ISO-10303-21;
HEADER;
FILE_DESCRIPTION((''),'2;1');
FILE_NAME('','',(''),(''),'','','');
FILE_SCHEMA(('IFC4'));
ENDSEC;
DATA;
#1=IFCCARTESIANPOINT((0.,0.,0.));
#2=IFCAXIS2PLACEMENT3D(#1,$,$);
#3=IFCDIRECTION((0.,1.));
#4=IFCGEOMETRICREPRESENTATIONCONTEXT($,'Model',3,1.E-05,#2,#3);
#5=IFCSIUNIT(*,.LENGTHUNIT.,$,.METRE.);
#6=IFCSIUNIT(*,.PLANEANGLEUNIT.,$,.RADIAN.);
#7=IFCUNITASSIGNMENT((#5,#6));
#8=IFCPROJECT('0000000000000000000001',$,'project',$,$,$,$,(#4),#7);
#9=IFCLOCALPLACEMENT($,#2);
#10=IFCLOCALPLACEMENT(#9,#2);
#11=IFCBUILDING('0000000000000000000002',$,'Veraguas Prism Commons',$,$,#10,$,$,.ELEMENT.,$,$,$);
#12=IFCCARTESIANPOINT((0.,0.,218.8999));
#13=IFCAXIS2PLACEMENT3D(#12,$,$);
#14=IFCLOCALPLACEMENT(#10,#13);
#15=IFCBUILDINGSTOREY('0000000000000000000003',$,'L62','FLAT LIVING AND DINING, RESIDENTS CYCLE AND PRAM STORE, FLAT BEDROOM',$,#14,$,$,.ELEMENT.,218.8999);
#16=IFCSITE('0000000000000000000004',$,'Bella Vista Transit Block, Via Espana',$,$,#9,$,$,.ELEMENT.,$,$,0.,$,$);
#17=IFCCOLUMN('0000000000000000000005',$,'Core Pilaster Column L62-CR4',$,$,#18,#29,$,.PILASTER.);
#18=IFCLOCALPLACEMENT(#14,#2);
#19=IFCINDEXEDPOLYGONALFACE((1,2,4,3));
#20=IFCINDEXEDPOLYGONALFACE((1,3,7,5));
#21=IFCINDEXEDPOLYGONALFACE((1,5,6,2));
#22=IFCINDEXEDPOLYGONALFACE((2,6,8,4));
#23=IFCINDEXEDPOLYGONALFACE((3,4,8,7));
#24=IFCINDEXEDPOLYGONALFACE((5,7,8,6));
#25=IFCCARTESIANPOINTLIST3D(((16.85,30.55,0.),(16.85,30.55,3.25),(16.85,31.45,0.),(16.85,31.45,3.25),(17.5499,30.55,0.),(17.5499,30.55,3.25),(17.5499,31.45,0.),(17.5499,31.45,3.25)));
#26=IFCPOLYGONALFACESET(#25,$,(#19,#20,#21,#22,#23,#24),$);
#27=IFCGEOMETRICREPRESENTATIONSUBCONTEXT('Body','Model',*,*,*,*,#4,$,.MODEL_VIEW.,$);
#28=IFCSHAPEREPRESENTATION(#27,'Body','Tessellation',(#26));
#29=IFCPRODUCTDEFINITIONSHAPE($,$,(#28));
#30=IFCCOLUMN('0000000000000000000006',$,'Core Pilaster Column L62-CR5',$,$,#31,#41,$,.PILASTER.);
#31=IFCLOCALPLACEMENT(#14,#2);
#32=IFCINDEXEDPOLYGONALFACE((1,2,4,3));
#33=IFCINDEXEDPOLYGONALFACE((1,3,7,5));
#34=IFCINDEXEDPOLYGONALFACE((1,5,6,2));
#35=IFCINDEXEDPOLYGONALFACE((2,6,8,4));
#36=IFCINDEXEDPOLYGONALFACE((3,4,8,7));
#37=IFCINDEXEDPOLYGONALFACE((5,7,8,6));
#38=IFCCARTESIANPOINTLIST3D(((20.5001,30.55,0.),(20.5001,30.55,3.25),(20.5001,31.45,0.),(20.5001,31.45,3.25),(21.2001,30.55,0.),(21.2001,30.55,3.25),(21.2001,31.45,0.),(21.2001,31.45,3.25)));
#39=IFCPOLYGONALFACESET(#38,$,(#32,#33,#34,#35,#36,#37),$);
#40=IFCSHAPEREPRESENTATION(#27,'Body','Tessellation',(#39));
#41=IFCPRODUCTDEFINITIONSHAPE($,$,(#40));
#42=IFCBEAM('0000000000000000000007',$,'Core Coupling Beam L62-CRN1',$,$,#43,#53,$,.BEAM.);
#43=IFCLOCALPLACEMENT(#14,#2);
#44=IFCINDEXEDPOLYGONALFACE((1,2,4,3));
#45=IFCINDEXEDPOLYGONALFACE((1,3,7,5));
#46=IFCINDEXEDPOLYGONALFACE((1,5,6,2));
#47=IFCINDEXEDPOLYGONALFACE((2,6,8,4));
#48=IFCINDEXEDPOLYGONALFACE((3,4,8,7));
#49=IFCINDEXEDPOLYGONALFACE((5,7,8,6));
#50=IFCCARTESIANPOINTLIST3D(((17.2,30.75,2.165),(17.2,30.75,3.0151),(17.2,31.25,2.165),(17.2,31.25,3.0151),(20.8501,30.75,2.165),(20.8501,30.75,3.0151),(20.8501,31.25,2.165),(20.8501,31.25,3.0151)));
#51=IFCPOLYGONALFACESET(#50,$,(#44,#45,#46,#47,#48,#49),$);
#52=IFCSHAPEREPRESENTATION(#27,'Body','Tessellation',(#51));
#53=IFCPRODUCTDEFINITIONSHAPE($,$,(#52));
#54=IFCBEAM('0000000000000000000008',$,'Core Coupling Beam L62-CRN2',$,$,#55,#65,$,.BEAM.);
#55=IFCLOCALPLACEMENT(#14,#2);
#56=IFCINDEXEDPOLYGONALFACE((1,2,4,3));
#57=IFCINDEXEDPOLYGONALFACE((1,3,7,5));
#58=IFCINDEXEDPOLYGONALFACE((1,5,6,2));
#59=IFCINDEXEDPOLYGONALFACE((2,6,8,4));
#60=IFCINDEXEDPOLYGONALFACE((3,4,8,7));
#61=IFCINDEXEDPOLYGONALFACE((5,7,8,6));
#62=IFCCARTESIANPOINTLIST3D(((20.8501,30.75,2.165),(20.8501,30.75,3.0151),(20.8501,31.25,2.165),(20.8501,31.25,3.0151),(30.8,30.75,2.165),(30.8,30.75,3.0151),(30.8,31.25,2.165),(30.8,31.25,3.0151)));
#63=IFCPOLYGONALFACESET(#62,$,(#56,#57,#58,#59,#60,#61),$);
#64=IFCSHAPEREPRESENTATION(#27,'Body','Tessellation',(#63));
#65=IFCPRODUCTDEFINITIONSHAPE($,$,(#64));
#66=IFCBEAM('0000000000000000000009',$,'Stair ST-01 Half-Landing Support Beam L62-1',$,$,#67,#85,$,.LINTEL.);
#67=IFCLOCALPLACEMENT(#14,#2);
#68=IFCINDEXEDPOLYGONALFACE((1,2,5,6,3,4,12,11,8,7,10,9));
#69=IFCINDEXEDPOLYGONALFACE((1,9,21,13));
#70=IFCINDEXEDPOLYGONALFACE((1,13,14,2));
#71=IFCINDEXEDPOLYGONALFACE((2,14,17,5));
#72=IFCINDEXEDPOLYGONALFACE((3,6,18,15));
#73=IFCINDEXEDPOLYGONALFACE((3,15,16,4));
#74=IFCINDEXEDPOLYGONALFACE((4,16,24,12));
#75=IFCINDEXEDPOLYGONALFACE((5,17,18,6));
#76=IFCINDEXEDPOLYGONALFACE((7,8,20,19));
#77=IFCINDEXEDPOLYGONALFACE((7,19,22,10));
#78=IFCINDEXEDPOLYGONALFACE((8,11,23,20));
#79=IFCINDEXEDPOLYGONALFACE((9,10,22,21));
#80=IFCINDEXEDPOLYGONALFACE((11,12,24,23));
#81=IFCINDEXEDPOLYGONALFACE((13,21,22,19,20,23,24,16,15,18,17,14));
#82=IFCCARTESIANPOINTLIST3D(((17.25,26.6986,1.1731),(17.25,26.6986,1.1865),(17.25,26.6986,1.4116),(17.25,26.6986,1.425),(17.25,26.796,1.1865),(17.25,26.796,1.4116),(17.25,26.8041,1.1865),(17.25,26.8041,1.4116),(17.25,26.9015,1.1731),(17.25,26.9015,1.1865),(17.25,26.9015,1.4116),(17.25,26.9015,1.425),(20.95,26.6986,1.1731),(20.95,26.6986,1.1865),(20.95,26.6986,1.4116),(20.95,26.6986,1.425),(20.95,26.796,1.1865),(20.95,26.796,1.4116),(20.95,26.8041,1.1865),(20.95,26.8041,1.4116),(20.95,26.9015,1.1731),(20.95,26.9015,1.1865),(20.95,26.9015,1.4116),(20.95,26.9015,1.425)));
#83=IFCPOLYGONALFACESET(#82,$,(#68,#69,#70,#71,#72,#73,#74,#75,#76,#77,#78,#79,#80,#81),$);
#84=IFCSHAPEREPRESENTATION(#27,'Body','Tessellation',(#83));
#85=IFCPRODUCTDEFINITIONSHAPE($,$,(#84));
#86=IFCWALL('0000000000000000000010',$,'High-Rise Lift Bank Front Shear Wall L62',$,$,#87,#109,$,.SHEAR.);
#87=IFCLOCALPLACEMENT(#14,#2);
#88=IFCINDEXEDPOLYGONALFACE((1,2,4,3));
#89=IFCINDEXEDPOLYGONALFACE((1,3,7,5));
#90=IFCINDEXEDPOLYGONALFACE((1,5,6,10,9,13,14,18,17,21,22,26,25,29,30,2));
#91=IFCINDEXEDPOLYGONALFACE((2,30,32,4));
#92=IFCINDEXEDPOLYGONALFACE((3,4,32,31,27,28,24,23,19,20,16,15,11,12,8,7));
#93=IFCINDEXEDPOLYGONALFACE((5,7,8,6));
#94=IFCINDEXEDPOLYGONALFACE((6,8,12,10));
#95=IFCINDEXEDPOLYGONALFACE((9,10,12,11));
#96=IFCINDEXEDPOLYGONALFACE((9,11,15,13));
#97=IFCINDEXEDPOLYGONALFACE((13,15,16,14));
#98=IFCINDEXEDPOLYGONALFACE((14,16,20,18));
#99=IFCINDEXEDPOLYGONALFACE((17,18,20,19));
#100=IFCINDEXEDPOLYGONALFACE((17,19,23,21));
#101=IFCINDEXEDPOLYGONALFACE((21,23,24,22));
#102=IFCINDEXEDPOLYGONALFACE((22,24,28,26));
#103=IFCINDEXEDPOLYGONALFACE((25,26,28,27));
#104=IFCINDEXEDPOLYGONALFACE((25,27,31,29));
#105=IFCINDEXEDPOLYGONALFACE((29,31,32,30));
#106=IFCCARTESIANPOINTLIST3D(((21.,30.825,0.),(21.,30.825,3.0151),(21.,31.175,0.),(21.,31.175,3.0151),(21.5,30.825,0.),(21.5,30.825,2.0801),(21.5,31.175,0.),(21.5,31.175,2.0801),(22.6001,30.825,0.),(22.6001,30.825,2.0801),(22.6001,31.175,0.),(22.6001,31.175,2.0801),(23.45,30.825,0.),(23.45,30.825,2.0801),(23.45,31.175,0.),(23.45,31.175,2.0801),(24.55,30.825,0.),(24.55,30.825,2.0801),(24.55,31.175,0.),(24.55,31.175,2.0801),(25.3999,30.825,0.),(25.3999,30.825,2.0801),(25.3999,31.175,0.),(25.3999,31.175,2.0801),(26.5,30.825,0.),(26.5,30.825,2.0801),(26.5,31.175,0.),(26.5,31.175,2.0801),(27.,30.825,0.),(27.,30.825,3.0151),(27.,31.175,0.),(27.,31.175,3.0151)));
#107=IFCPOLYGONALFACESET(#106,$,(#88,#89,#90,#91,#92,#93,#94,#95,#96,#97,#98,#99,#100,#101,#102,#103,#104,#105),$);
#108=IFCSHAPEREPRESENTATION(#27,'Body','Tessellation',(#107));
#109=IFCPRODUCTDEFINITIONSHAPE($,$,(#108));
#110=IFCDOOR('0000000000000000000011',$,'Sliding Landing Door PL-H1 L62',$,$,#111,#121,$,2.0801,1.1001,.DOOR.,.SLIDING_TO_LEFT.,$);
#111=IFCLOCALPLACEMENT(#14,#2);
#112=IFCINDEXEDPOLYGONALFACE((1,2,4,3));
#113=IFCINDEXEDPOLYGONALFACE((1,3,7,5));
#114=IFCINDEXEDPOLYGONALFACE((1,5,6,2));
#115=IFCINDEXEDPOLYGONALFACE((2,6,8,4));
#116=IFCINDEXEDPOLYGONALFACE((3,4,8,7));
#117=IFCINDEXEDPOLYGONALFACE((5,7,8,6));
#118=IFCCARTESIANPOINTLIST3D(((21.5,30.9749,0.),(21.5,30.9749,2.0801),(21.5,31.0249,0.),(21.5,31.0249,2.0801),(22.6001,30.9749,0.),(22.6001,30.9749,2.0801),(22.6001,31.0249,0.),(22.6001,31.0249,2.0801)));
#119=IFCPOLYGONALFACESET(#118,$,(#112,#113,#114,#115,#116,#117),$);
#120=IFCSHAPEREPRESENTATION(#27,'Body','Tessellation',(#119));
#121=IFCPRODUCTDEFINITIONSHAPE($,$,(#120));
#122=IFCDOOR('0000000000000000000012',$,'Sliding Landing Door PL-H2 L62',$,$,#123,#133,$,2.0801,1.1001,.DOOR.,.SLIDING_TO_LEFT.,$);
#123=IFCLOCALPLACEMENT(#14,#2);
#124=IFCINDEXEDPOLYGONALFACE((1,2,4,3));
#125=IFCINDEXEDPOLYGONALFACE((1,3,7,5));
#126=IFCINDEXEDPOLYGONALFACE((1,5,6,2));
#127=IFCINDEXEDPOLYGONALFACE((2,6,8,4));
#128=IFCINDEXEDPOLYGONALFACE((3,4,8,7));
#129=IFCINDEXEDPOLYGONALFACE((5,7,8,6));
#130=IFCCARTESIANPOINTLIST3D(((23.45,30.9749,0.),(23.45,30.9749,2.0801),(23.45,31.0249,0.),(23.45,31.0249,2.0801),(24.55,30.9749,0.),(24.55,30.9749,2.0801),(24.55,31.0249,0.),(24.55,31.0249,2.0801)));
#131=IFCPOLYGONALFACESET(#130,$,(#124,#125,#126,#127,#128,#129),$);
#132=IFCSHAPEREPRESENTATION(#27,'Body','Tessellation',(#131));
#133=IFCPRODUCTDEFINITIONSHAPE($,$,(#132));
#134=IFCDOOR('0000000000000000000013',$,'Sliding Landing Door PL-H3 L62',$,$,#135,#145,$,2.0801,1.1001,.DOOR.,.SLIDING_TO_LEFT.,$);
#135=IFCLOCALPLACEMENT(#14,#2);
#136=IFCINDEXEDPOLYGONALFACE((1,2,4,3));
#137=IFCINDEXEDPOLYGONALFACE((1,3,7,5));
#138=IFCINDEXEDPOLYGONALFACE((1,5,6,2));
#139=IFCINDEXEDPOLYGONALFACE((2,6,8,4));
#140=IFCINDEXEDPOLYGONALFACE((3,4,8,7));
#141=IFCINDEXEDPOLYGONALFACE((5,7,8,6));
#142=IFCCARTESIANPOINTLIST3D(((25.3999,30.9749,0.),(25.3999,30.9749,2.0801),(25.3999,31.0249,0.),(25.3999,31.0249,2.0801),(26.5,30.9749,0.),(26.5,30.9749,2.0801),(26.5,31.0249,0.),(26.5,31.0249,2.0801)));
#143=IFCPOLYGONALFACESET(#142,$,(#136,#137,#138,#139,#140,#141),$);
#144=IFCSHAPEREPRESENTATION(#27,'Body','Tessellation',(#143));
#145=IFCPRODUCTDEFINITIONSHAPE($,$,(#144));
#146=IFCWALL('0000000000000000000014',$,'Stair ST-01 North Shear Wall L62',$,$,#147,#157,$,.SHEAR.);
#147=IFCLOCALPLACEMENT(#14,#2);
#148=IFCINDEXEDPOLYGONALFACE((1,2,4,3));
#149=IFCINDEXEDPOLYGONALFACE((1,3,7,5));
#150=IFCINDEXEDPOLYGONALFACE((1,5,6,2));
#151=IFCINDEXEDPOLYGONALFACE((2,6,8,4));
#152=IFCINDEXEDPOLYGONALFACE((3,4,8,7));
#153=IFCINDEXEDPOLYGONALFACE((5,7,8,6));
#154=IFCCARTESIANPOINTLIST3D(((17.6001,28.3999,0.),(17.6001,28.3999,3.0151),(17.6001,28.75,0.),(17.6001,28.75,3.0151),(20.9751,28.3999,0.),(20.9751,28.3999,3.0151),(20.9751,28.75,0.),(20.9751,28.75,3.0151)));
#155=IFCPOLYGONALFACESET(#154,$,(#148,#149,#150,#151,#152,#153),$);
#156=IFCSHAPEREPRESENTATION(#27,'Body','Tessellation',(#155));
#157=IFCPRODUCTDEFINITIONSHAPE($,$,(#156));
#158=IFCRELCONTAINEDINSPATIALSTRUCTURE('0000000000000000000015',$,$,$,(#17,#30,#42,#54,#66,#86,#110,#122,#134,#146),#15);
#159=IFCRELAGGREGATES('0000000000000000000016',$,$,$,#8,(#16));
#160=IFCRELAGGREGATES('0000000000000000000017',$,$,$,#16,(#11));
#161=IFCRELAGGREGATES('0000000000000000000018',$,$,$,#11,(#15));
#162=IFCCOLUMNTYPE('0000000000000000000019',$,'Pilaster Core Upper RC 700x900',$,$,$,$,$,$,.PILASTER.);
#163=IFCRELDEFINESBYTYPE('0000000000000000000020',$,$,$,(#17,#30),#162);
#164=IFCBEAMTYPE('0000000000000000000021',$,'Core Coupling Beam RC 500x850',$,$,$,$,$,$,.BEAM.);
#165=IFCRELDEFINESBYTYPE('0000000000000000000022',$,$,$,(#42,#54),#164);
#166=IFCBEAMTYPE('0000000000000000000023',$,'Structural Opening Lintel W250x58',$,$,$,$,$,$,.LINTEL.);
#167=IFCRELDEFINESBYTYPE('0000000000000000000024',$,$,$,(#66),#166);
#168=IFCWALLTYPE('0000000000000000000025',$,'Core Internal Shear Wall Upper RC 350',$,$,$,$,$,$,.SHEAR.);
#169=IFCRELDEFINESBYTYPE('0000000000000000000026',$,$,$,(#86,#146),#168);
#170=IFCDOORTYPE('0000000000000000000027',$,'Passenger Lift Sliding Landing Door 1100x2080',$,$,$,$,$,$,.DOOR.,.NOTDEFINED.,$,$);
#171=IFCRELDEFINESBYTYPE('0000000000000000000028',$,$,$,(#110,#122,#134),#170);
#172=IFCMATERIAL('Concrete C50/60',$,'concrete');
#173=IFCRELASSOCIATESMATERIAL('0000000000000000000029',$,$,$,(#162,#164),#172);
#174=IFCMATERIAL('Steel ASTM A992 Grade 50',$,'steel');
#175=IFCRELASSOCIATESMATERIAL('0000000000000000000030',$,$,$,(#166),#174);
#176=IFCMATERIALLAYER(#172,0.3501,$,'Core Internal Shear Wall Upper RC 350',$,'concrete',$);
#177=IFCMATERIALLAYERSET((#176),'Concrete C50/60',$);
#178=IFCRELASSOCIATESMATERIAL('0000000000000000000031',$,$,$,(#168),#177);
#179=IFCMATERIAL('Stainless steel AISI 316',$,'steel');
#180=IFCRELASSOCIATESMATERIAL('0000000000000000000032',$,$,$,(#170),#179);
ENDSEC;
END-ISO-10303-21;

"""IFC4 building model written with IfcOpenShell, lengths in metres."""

from ifc_helpers import new_model, si_unit, direction, frame, frame_2d, origin, origin_2d, place, context, subcontext, project, spatial, rectangle, i_section, extrude, source, transform, mapped, material, layer, layer_set, material_profile, profile_set, type_object, element, fill, save


model = new_model("IFC4")

# Units and contexts
model_context = context("Model", 3, precision=1e-05, world=origin(), true_north=direction((0.0, 1.0)))
body_context = subcontext(model_context, "Body", "Model", "MODEL_VIEW")
ifc_project = project(units=[si_unit("LENGTHUNIT", "METRE"), si_unit("PLANEANGLEUNIT", "RADIAN")], contexts=[model_context])

# Site, building, storey
site_placement = place(None, origin())
site = spatial("IfcSite", under=ifc_project, at=site_placement, Name="Bella Vista Transit Block, Via Espana", CompositionType="ELEMENT", RefElevation=0.0)
building_placement = place(site_placement, origin())
building = spatial("IfcBuilding", under=site, at=building_placement, Name="Veraguas Prism Commons", CompositionType="ELEMENT")
storey_placement = place(building_placement, frame((0.0, 0.0, 218.8999)))
storey = spatial("IfcBuildingStorey", under=building, at=storey_placement, Name="L62", Description="FLAT LIVING AND DINING, RESIDENTS CYCLE AND PRAM STORE, FLAT BEDROOM", CompositionType="ELEMENT", Elevation=218.8999)

# Columns
ifc_material_1 = material(Name="Concrete C50/60", Category="concrete")
ifc_material_profile_1 = material_profile(ifc_material_1, rectangle(XDim=0.7, YDim=0.8999, at=origin_2d()), Name="RC700X900")
ifc_profile_set_1 = profile_set([ifc_material_profile_1], Name="Concrete C50/60")
column_type = type_object("IfcColumnType", Name="Pilaster Core Upper RC 700x900", PredefinedType="PILASTER", material=ifc_profile_set_1)
for number, where, z_axis, x_axis, name in (
    (1, (17.2, 31.0, 0.0), (0.0, 0.0, 1.0), (1.0, 0.0, 0.0), "Core Pilaster Column L62-CR4"),
    (2, (20.8501, 31.0, 0.0), (0.0, 0.0, 1.0), (1.0, 0.0, 0.0), "Core Pilaster Column L62-CR5"),
):
    element("IfcColumn", number, at=place(storey_placement, frame(where, z_axis=z_axis, x_axis=x_axis)), inside=storey, type_object=column_type, Name=name, PredefinedType="PILASTER", context=body_context, shape_type="SweptSolid", body=[
        extrude(rectangle(XDim=0.7, YDim=0.8999, at=origin_2d()), origin(), (0.0, 0.0, 1.0), 3.25),
    ])

# Beams
ifc_material_profile_2 = material_profile(ifc_material_1, rectangle(XDim=0.5, YDim=0.8501, at=origin_2d()), Name="RC500X850")
ifc_profile_set_2 = profile_set([ifc_material_profile_2], Name="Concrete C50/60")
beam_type_1 = type_object("IfcBeamType", Name="Core Coupling Beam RC 500x850", PredefinedType="BEAM", material=ifc_profile_set_2)
beam_1_placement = place(storey_placement, frame((17.2, 31.0, 2.5901), z_axis=(1.0, 0.0, 0.0), x_axis=(0.0, 1.0, 0.0)))
element("IfcBeam", 3, at=beam_1_placement, inside=storey, type_object=beam_type_1, Name="Core Coupling Beam L62-CRN1", PredefinedType="BEAM", context=body_context, shape_type="SweptSolid", body=[
    extrude(rectangle(XDim=0.5, YDim=0.8501, at=origin_2d()), origin(), (0.0, 0.0, 1.0), 3.6501),
])
beam_2_placement = place(storey_placement, frame((20.8501, 31.0, 2.5901), z_axis=(1.0, 0.0, 0.0), x_axis=(0.0, 1.0, 0.0)))
element("IfcBeam", 4, at=beam_2_placement, inside=storey, type_object=beam_type_1, Name="Core Coupling Beam L62-CRN2", PredefinedType="BEAM", context=body_context, shape_type="SweptSolid", body=[
    extrude(rectangle(XDim=0.5, YDim=0.8501, at=origin_2d()), origin(), (0.0, 0.0, 1.0), 9.95),
])
ifc_material_2 = material(Name="Steel ASTM A992 Grade 50", Category="steel")
ifc_material_profile_3 = material_profile(ifc_material_2, i_section(OverallWidth=0.2029, OverallDepth=0.252, WebThickness=0.0081, FlangeThickness=0.0134, at=origin_2d()), Name="W250X58")
ifc_profile_set_3 = profile_set([ifc_material_profile_3], Name="Steel ASTM A992 Grade 50")
beam_type_2 = type_object("IfcBeamType", Name="Structural Opening Lintel W250x58", PredefinedType="LINTEL", material=ifc_profile_set_3)
beam_3_placement = place(storey_placement, frame((17.25, 26.8, 1.2991), z_axis=(1.0, 0.0, 0.0), x_axis=(0.0, 1.0, 0.0)))
element("IfcBeam", 5, at=beam_3_placement, inside=storey, type_object=beam_type_2, Name="Stair ST-01 Half-Landing Support Beam L62-1", PredefinedType="LINTEL", context=body_context, shape_type="SweptSolid", body=[
    extrude(i_section(OverallWidth=0.2029, OverallDepth=0.252, WebThickness=0.0081, FlangeThickness=0.0134, at=origin_2d()), origin(), (0.0, 0.0, 1.0), 3.7),
])

# Wall, openings, doors
ifc_layer_1 = layer(ifc_material_1, 0.3501, Name="Core Internal Shear Wall Upper RC 350", Category="concrete")
ifc_layer_set_1 = layer_set([ifc_layer_1], Name="Concrete C50/60")
wall_type_1 = type_object("IfcWallType", Name="Core Internal Shear Wall Upper RC 350", PredefinedType="SHEAR", material=ifc_layer_set_1)
wall_1_placement = place(storey_placement, frame((21.0, 31.0, 0.0), z_axis=(0.0, 0.0, 1.0), x_axis=(1.0, 0.0, 0.0)))
wall_1 = element("IfcWall", 6, at=wall_1_placement, inside=storey, type_object=wall_type_1, Name="High-Rise Lift Bank Front Shear Wall L62", PredefinedType="SHEAR", context=body_context, shape_type="SweptSolid", body=[
    extrude(rectangle(XDim=6.0, YDim=0.3501, at=frame_2d((3.0, 0.0))), origin(), (0.0, 0.0, 1.0), 3.0151),
])
opening_1_placement = place(wall_1_placement, frame((0.5, 0.0, 0.0)))
opening_1 = element("IfcOpeningElement", 7, at=opening_1_placement, cuts=wall_1, PredefinedType="OPENING", context=body_context, shape_type="SweptSolid", body=[
    extrude(rectangle(XDim=1.1001, YDim=2.0801, at=frame_2d((0.55, 1.04))), frame((0.0, 0.1851, 0.0), z_axis=(0.0, -1.0, 0.0), x_axis=(1.0, 0.0, 0.0)), (0.0, 0.0, 1.0), 0.3701),
])
opening_2_placement = place(wall_1_placement, frame((2.45, 0.0, 0.0)))
opening_2 = element("IfcOpeningElement", 8, at=opening_2_placement, cuts=wall_1, PredefinedType="OPENING", context=body_context, shape_type="SweptSolid", body=[
    extrude(rectangle(XDim=1.1001, YDim=2.0801, at=frame_2d((0.55, 1.04))), frame((0.0, 0.1851, 0.0), z_axis=(0.0, -1.0, 0.0), x_axis=(1.0, 0.0, 0.0)), (0.0, 0.0, 1.0), 0.3701),
])
opening_3_placement = place(wall_1_placement, frame((4.3999, 0.0, 0.0)))
opening_3 = element("IfcOpeningElement", 9, at=opening_3_placement, cuts=wall_1, PredefinedType="OPENING", context=body_context, shape_type="SweptSolid", body=[
    extrude(rectangle(XDim=1.1001, YDim=2.0801, at=frame_2d((0.55, 1.04))), frame((0.0, 0.1851, 0.0), z_axis=(0.0, -1.0, 0.0), x_axis=(1.0, 0.0, 0.0)), (0.0, 0.0, 1.0), 0.3701),
])
ifc_material_3 = material(Name="Stainless steel AISI 316", Category="steel")
door_type_1 = type_object("IfcDoorType", Name="Passenger Lift Sliding Landing Door 1100x2080", OperationType="NOTDEFINED", PredefinedType="DOOR", material=ifc_material_3)
shared_shape_1 = source(origin(), body_context, "Body", "SweptSolid", [
    extrude(rectangle(XDim=1.1001, YDim=2.0801, at=frame_2d((0.55, 1.04))), frame((0.0, 0.0249, 0.0), z_axis=(0.0, -1.0, 0.0), x_axis=(1.0, 0.0, 0.0)), (0.0, 0.0, 1.0), 0.05),
])
door_1_placement = place(opening_1_placement, origin())
door_1 = element("IfcDoor", 10, at=door_1_placement, inside=storey, type_object=door_type_1, Name="Sliding Landing Door PL-H1 L62", OperationType="SLIDING_TO_LEFT", OverallHeight=2.0801, OverallWidth=1.1001, PredefinedType="DOOR", context=body_context, shape_type="MappedRepresentation", body=[
    mapped(shared_shape_1, transform((0.0, 0.0, 0.0), scale=1.0)),
])
fill(opening_1, door_1)
door_2_placement = place(opening_2_placement, origin())
door_2 = element("IfcDoor", 11, at=door_2_placement, inside=storey, type_object=door_type_1, Name="Sliding Landing Door PL-H2 L62", OperationType="SLIDING_TO_LEFT", OverallHeight=2.0801, OverallWidth=1.1001, PredefinedType="DOOR", context=body_context, shape_type="MappedRepresentation", body=[
    mapped(shared_shape_1, transform((0.0, 0.0, 0.0), scale=1.0)),
])
fill(opening_2, door_2)
door_3_placement = place(opening_3_placement, origin())
door_3 = element("IfcDoor", 12, at=door_3_placement, inside=storey, type_object=door_type_1, Name="Sliding Landing Door PL-H3 L62", OperationType="SLIDING_TO_LEFT", OverallHeight=2.0801, OverallWidth=1.1001, PredefinedType="DOOR", context=body_context, shape_type="MappedRepresentation", body=[
    mapped(shared_shape_1, transform((0.0, 0.0, 0.0), scale=1.0)),
])
fill(opening_3, door_3)

# Wall
wall_2_placement = place(storey_placement, frame((17.6001, 28.575, 0.0), z_axis=(0.0, 0.0, 1.0), x_axis=(1.0, 0.0, 0.0)))
element("IfcWall", 13, at=wall_2_placement, inside=storey, type_object=wall_type_1, Name="Stair ST-01 North Shear Wall L62", PredefinedType="SHEAR", context=body_context, shape_type="SweptSolid", body=[
    extrude(rectangle(XDim=3.375, YDim=0.3501, at=frame_2d((1.6875, 0.0))), origin(), (0.0, 0.0, 1.0), 3.0151),
])

save(model, "model.ifc")
